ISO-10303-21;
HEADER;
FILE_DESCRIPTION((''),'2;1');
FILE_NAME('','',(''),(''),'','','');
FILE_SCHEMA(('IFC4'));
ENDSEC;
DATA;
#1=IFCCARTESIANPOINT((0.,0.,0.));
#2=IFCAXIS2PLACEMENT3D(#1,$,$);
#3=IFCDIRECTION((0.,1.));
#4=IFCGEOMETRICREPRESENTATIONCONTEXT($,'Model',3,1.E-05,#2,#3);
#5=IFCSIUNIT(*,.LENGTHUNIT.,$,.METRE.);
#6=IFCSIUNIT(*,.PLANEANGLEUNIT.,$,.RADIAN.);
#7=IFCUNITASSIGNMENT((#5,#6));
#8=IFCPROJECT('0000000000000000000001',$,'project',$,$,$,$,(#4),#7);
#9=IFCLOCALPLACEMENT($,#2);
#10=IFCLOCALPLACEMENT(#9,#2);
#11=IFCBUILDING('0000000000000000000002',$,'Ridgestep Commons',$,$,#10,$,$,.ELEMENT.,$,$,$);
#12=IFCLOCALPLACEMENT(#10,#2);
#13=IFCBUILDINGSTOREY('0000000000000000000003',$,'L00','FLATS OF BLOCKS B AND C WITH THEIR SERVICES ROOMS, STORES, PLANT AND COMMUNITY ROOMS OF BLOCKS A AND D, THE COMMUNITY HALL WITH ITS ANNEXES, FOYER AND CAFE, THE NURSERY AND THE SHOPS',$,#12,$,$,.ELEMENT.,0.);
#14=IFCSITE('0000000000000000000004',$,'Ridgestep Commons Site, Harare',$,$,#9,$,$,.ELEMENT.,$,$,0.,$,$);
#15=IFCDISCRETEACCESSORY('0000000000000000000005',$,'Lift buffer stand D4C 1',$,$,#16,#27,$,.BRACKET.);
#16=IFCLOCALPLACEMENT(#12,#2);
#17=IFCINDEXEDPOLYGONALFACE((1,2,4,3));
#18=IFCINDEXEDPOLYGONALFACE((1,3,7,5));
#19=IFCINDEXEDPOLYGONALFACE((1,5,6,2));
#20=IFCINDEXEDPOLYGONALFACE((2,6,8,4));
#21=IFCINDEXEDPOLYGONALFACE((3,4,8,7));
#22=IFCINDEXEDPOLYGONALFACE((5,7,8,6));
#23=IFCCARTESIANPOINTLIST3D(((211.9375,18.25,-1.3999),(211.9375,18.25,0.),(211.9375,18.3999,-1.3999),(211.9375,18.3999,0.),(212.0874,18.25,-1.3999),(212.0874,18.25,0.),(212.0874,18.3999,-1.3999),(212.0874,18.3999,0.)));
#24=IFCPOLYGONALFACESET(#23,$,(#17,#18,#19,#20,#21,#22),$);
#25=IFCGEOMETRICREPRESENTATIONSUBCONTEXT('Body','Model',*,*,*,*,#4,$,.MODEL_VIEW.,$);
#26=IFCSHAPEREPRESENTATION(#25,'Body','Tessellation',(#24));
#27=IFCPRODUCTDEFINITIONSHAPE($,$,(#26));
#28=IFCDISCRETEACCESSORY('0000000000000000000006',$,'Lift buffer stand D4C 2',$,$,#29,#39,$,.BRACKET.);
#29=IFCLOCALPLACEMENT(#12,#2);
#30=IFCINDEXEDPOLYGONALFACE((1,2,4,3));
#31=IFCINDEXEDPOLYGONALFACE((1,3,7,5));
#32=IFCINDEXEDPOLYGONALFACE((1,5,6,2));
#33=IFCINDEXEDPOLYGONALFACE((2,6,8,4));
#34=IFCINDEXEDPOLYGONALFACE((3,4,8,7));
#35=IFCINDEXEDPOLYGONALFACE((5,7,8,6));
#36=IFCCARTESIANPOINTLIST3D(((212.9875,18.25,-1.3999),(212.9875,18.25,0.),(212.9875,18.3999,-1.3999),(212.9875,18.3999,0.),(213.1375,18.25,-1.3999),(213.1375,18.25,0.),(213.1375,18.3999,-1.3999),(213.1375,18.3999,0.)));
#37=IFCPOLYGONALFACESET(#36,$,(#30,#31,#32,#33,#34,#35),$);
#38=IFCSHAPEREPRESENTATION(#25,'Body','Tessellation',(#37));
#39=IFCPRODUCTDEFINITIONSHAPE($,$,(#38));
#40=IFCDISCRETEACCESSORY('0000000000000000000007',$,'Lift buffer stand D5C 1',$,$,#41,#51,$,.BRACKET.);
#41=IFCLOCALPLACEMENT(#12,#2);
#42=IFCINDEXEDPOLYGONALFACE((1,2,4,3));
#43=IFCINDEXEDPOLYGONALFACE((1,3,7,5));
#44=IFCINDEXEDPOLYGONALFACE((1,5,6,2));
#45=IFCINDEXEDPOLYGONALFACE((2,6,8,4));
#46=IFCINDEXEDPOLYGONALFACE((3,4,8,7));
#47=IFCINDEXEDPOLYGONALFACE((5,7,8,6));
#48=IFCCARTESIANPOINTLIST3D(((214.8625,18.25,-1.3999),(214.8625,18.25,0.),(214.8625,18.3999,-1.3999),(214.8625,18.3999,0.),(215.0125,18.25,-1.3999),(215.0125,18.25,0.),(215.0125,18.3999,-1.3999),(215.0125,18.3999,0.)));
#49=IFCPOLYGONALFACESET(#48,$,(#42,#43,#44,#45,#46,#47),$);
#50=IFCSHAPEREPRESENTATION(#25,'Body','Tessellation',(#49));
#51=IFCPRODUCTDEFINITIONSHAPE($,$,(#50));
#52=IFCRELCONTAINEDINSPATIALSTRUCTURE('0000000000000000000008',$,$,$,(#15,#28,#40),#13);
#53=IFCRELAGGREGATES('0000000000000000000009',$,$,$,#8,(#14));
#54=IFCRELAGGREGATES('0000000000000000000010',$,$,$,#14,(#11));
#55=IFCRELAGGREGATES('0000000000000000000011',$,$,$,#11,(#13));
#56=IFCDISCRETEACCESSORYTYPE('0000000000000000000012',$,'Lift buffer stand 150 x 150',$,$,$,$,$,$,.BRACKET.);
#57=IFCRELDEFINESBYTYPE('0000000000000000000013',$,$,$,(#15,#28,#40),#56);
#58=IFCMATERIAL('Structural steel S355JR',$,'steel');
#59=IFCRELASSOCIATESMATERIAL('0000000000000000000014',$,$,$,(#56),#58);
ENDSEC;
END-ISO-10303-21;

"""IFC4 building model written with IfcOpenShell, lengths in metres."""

from ifc_helpers import new_model, si_unit, direction, frame, origin, origin_2d, place, context, subcontext, project, spatial, rectangle, extrude, material, type_object, element, save


model = new_model("IFC4")

# Units and contexts
model_context = context("Model", 3, precision=1e-05, world=origin(), true_north=direction((0.0, 1.0)))
body_context = subcontext(model_context, "Body", "Model", "MODEL_VIEW")
ifc_project = project(units=[si_unit("LENGTHUNIT", "METRE"), si_unit("PLANEANGLEUNIT", "RADIAN")], contexts=[model_context])

# Site, building, storey
site_placement = place(None, origin())
site = spatial("IfcSite", under=ifc_project, at=site_placement, Name="Ridgestep Commons Site, Harare", CompositionType="ELEMENT", RefElevation=0.0)
building_placement = place(site_placement, origin())
building = spatial("IfcBuilding", under=site, at=building_placement, Name="Ridgestep Commons", CompositionType="ELEMENT")
storey_placement = place(building_placement, origin())
storey = spatial("IfcBuildingStorey", under=building, at=storey_placement, Name="L00", Description="FLATS OF BLOCKS B AND C WITH THEIR SERVICES ROOMS, STORES, PLANT AND COMMUNITY ROOMS OF BLOCKS A AND D, THE COMMUNITY HALL WITH ITS ANNEXES, FOYER AND CAFE, THE NURSERY AND THE SHOPS", CompositionType="ELEMENT", Elevation=0.0)

# Discrete accessories
ifc_material_1 = material(Name="Structural steel S355JR", Category="steel")
discrete_accessory_type = type_object("IfcDiscreteAccessoryType", Name="Lift buffer stand 150 x 150", PredefinedType="BRACKET", material=ifc_material_1)
for number, where, z_axis, x_axis, name in (
    (1, (212.0125, 18.325, -1.3999), (0.0, 0.0, 1.0), (1.0, 0.0, 0.0), "Lift buffer stand D4C 1"),
    (2, (213.0625, 18.325, -1.3999), (0.0, 0.0, 1.0), (1.0, 0.0, 0.0), "Lift buffer stand D4C 2"),
    (3, (214.9375, 18.325, -1.3999), (0.0, 0.0, 1.0), (1.0, 0.0, 0.0), "Lift buffer stand D5C 1"),
):
    element("IfcDiscreteAccessory", number, at=place(storey_placement, frame(where, z_axis=z_axis, x_axis=x_axis)), inside=storey, type_object=discrete_accessory_type, Name=name, PredefinedType="BRACKET", context=body_context, shape_type="SweptSolid", body=[
        extrude(rectangle(XDim=0.1499, YDim=0.1499, at=origin_2d()), origin(), (0.0, 0.0, 1.0), 1.3999),
    ])

save(model, "model.ifc")
